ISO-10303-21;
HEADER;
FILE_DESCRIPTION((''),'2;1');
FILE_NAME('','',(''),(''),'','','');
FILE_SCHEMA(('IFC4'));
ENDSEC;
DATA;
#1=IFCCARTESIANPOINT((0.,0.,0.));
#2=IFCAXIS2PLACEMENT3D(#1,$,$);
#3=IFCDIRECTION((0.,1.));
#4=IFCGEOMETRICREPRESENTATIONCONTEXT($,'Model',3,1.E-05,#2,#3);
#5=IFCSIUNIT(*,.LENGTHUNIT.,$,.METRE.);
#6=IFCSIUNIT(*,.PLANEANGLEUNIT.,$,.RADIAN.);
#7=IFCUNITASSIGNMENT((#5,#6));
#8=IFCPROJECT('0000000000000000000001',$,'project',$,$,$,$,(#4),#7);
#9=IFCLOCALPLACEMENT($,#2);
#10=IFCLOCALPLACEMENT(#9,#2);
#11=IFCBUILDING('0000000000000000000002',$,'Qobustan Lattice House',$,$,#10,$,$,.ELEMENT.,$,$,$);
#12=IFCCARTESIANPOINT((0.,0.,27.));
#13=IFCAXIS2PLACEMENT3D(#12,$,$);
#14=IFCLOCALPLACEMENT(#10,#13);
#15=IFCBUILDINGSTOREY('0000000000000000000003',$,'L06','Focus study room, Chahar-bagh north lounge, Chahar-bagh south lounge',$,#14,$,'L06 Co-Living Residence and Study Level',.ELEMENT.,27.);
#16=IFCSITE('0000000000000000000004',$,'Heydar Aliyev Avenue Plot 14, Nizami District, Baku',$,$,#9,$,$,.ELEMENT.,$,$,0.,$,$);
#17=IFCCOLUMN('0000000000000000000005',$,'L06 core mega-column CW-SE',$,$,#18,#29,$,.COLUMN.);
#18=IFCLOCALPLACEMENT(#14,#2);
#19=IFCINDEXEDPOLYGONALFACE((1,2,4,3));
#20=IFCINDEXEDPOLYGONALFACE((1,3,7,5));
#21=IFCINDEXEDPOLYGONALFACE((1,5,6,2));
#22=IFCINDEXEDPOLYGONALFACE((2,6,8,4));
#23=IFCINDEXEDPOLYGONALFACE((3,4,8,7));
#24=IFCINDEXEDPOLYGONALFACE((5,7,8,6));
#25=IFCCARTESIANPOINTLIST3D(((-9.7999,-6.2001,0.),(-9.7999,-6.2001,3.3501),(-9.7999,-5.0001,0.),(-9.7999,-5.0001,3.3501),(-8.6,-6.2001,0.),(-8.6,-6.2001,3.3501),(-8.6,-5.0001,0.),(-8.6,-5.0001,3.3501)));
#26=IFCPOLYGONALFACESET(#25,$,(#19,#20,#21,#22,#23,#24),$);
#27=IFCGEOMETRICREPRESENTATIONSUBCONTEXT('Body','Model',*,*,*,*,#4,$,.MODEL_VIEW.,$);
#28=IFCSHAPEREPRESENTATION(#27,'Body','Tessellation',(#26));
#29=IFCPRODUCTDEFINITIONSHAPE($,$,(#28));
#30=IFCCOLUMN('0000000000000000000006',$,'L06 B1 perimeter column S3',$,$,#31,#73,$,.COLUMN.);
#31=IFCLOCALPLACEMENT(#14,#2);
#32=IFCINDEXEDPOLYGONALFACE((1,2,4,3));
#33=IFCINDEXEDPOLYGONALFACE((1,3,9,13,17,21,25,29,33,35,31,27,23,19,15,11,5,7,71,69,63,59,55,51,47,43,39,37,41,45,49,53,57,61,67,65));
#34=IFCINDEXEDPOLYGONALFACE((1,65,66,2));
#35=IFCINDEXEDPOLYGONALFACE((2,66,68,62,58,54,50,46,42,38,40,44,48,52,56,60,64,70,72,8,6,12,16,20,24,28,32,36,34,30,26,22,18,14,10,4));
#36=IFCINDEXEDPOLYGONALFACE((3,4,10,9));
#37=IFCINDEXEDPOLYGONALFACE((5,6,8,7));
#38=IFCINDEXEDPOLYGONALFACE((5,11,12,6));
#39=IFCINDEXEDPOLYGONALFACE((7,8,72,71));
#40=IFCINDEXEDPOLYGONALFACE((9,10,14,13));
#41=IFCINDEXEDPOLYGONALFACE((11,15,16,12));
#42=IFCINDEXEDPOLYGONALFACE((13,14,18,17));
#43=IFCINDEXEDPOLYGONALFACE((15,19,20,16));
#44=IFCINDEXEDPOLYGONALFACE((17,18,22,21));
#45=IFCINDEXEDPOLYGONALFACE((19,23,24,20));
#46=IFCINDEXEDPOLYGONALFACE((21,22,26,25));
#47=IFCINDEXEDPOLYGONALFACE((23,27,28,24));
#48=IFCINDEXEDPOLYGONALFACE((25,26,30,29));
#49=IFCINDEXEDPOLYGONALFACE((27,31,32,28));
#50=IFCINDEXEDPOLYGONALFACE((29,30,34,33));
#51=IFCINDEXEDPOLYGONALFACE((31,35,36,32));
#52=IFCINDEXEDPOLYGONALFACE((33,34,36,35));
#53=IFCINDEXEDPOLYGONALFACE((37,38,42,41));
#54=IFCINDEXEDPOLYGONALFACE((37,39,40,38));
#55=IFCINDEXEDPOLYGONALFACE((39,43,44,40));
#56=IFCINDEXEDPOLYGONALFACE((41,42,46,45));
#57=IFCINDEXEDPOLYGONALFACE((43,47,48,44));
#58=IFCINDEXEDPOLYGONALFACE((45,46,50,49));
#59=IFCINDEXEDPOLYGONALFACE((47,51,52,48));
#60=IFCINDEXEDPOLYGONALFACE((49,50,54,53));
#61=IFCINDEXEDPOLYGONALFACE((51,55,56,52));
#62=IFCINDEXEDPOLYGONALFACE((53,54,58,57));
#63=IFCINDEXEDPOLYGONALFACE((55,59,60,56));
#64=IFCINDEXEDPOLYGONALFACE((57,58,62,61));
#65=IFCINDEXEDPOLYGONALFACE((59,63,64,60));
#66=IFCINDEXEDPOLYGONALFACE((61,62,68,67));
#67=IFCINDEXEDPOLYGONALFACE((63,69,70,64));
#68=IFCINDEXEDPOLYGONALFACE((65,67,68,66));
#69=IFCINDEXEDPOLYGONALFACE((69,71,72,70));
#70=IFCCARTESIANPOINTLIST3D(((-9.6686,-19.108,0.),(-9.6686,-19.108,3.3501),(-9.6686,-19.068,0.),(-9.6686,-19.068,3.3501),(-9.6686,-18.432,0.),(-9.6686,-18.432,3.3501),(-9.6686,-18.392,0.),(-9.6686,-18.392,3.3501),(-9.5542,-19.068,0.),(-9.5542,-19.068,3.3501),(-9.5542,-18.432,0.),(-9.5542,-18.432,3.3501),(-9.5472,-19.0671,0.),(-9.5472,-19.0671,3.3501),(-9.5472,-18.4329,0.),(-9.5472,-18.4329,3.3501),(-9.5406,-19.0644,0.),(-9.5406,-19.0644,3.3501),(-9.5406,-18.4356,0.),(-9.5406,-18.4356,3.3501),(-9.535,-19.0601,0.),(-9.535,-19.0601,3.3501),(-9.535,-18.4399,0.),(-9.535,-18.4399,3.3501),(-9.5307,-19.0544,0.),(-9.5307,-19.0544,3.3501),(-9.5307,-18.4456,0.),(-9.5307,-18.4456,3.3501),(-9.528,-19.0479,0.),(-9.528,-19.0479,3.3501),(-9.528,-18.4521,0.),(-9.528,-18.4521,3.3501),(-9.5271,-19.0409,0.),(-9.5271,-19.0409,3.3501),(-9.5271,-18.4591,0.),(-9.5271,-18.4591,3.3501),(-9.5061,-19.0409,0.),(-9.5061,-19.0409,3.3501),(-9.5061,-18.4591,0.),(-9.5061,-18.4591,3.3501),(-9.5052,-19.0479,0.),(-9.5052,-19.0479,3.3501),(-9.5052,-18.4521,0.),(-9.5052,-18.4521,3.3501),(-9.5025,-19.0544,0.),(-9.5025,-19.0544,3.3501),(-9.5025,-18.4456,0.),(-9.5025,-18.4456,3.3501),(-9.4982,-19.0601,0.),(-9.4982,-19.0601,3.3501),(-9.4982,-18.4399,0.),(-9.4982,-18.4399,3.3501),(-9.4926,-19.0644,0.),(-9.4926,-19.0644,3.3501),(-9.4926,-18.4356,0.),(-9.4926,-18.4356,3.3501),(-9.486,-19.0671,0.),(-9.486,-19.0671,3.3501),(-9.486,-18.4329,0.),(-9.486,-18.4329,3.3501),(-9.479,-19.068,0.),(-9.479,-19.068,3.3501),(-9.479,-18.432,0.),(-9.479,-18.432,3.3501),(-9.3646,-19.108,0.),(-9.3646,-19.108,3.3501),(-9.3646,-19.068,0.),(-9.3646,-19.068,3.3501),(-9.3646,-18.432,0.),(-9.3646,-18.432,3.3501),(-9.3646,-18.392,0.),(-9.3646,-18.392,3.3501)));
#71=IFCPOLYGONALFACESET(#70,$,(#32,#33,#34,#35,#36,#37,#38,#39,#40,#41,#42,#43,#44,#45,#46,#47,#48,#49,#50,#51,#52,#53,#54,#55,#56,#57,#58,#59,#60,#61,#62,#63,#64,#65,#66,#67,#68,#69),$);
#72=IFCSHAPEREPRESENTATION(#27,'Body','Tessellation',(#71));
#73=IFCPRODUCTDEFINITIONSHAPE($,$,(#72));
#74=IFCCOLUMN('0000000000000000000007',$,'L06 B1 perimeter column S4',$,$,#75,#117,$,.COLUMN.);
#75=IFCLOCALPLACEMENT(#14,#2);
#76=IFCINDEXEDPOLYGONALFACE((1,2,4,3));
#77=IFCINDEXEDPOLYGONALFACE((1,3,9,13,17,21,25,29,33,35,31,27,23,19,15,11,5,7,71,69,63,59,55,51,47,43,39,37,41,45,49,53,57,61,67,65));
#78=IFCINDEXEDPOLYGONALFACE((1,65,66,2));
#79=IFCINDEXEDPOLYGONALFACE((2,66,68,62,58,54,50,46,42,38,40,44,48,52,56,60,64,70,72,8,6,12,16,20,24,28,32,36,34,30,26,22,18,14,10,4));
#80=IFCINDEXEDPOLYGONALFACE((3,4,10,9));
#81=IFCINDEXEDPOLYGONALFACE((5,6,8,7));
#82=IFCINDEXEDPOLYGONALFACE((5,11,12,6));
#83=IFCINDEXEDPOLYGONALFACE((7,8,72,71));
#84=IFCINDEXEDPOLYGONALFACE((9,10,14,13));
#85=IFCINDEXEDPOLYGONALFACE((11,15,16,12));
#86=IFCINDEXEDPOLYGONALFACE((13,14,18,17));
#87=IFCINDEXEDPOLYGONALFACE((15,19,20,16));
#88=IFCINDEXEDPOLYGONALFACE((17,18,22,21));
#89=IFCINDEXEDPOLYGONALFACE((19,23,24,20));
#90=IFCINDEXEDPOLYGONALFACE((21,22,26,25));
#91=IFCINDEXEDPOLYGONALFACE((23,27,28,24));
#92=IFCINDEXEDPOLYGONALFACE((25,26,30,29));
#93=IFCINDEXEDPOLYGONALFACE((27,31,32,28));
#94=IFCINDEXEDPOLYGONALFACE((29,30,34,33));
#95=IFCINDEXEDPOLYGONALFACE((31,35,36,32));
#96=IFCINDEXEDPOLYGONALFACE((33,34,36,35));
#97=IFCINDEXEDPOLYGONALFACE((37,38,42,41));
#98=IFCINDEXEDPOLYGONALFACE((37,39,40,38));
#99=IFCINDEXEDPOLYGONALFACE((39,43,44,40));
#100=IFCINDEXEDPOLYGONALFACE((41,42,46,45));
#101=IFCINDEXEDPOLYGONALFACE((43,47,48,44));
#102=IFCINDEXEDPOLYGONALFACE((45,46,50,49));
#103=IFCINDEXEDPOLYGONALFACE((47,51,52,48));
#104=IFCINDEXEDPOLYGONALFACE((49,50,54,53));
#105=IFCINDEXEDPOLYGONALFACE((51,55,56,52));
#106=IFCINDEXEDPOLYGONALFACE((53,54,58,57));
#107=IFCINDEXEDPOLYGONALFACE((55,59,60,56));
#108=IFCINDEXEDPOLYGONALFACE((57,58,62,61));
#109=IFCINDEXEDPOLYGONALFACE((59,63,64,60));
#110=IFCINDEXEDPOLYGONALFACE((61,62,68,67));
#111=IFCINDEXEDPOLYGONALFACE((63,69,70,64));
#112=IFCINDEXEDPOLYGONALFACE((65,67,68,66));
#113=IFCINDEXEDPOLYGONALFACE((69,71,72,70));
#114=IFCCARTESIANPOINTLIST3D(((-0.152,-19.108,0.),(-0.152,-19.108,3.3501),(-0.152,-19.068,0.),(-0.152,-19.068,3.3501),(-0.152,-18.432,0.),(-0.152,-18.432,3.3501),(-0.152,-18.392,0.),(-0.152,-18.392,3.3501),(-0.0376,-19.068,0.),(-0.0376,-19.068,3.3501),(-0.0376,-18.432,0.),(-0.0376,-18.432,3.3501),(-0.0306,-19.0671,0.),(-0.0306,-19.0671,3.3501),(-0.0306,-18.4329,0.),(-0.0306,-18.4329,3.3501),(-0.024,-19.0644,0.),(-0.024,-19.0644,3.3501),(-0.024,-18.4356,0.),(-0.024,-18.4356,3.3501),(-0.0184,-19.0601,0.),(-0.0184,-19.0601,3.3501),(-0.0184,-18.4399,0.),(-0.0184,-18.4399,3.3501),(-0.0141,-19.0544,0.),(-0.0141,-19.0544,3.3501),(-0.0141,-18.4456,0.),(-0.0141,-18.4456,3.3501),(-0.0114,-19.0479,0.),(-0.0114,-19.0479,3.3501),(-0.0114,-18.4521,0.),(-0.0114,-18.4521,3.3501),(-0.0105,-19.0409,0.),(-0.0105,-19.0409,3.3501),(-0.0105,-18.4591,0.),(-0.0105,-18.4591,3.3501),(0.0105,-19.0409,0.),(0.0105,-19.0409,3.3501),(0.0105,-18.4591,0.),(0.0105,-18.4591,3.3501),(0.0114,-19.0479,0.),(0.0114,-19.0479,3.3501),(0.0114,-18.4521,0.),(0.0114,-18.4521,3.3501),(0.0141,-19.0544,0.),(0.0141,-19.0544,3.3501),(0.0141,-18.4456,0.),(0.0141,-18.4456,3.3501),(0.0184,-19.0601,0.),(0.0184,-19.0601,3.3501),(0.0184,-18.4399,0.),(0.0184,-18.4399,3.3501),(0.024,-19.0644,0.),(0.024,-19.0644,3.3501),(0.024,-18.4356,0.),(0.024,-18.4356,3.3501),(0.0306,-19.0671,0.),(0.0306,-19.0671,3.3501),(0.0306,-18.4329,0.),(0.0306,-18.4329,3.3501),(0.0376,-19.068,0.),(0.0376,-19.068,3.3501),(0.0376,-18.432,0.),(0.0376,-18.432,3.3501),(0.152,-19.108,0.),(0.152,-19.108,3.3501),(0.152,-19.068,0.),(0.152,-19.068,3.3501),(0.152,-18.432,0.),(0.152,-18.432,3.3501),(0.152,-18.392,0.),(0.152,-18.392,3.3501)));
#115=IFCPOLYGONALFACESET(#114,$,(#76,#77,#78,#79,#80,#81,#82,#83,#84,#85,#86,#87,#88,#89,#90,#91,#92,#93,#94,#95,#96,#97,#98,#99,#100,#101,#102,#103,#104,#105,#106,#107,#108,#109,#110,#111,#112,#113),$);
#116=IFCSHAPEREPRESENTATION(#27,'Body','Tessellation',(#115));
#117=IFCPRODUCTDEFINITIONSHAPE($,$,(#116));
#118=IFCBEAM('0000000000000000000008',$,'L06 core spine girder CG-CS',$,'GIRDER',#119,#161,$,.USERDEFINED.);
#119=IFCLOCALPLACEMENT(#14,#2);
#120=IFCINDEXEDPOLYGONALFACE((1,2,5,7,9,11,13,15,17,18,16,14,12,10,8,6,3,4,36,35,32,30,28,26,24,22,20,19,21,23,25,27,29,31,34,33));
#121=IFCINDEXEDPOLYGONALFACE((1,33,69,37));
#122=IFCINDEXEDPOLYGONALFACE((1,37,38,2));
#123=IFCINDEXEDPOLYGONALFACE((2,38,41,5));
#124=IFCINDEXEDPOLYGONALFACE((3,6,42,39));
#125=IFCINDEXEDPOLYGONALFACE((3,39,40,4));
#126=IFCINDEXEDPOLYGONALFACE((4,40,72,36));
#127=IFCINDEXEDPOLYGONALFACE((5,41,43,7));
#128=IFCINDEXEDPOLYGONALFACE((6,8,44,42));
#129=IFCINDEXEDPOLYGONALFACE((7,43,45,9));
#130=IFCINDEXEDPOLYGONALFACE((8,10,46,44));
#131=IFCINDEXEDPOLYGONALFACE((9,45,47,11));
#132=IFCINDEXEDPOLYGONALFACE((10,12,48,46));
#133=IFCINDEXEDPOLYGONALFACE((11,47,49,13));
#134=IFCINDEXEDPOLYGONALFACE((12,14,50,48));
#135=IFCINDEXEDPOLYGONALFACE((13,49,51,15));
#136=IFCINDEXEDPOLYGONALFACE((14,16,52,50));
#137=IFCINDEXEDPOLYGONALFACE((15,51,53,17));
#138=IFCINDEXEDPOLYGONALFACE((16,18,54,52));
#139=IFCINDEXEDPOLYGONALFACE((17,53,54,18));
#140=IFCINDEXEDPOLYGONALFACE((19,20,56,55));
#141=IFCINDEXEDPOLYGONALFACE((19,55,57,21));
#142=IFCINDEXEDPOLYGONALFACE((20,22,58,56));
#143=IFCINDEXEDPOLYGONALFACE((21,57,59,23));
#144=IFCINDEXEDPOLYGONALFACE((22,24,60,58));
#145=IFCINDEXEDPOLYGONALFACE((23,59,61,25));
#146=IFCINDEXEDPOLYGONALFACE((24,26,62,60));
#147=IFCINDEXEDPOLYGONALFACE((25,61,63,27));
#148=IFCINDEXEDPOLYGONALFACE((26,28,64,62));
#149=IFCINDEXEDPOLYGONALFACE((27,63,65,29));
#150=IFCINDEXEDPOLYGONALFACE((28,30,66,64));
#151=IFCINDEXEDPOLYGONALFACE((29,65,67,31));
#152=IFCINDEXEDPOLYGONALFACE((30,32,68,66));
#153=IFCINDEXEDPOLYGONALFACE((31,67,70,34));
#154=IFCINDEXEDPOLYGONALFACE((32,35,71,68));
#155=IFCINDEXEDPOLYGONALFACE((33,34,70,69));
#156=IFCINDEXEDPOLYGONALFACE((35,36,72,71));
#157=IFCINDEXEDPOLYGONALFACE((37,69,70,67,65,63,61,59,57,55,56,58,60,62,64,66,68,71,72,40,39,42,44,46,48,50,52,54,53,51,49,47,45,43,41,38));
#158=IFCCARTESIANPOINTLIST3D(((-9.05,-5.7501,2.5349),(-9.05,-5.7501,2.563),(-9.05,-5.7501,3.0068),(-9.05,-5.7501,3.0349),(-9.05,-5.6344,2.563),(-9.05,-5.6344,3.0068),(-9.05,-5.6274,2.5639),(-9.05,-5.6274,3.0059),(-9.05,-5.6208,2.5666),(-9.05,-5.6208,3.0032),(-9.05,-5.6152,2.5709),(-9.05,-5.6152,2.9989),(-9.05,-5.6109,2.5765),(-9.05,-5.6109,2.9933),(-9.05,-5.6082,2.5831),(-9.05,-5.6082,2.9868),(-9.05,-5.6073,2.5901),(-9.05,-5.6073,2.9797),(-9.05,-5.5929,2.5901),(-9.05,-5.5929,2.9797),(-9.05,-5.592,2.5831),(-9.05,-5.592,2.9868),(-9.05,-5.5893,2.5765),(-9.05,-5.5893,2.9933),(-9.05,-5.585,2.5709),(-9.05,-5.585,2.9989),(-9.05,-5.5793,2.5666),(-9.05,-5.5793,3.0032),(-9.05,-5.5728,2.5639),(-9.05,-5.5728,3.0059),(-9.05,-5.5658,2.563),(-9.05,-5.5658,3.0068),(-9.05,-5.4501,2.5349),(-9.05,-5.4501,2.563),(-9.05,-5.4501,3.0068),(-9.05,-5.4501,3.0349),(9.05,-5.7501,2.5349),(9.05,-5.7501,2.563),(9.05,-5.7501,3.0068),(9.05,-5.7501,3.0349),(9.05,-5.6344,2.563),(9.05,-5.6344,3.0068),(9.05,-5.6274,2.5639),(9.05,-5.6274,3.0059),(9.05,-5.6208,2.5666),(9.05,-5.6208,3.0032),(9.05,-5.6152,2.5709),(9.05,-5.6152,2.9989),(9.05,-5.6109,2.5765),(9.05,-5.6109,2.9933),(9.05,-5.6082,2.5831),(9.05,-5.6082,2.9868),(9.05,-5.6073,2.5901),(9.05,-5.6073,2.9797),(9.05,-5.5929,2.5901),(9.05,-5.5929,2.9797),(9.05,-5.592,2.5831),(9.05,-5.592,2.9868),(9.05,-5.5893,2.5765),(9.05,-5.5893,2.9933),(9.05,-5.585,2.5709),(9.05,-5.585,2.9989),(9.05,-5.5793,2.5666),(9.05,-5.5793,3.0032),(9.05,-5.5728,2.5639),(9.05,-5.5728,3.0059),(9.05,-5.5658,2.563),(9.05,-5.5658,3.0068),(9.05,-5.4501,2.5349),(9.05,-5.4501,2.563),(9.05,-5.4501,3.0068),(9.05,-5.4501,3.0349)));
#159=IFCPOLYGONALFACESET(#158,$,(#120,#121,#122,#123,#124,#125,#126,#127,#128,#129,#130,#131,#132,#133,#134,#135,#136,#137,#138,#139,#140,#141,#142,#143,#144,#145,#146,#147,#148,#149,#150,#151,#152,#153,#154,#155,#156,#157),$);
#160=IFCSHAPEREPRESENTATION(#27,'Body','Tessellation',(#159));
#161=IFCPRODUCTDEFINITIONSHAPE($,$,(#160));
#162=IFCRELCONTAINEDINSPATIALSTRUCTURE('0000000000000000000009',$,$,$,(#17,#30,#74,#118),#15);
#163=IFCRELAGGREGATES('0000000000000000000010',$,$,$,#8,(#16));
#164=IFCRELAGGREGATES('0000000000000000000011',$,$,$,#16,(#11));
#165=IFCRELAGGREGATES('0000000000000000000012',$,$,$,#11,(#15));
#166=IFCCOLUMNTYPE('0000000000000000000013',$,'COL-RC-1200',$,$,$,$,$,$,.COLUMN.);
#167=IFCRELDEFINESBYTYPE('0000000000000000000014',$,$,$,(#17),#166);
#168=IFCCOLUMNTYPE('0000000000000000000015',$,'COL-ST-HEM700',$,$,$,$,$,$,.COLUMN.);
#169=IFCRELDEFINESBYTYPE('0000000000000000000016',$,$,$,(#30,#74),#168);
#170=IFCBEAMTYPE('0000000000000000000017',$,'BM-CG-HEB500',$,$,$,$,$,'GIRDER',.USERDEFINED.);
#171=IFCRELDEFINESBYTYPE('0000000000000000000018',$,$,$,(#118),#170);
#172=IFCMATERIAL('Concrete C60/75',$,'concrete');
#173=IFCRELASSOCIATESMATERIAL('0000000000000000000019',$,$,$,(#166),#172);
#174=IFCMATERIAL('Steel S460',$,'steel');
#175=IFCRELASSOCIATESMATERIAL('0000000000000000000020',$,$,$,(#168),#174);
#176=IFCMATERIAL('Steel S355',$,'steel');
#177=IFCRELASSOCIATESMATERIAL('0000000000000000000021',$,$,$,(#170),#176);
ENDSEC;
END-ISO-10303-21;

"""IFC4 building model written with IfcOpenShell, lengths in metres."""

from ifc_helpers import new_model, si_unit, direction, frame, origin, origin_2d, place, context, subcontext, project, spatial, rectangle, i_section, extrude, material, material_profile, profile_set, type_object, element, save


model = new_model("IFC4")

# Units and contexts
model_context = context("Model", 3, precision=1e-05, world=origin(), true_north=direction((0.0, 1.0)))
body_context = subcontext(model_context, "Body", "Model", "MODEL_VIEW")
ifc_project = project(units=[si_unit("LENGTHUNIT", "METRE"), si_unit("PLANEANGLEUNIT", "RADIAN")], contexts=[model_context])

# Site, building, storey
site_placement = place(None, origin())
site = spatial("IfcSite", under=ifc_project, at=site_placement, Name="Heydar Aliyev Avenue Plot 14, Nizami District, Baku", CompositionType="ELEMENT", RefElevation=0.0)
building_placement = place(site_placement, origin())
building = spatial("IfcBuilding", under=site, at=building_placement, Name="Qobustan Lattice House", CompositionType="ELEMENT")
storey_placement = place(building_placement, frame((0.0, 0.0, 27.0)))
storey = spatial("IfcBuildingStorey", under=building, at=storey_placement, Name="L06", Description="Focus study room, Chahar-bagh north lounge, Chahar-bagh south lounge", LongName="L06 Co-Living Residence and Study Level", CompositionType="ELEMENT", Elevation=27.0)

# Columns
ifc_material_1 = material(Name="Concrete C60/75", Category="concrete")
ifc_material_profile_1 = material_profile(ifc_material_1, rectangle(XDim=1.2, YDim=1.2, at=origin_2d()), Name="RC1200x1200")
ifc_profile_set_1 = profile_set([ifc_material_profile_1], Name="Concrete C60/75")
column_type_1 = type_object("IfcColumnType", Name="COL-RC-1200", PredefinedType="COLUMN", material=ifc_profile_set_1)
column_placement = place(storey_placement, frame((-9.2, -5.6001, 0.0), z_axis=(0.0, 0.0, 1.0), x_axis=(1.0, 0.0, 0.0)))
element("IfcColumn", 1, at=column_placement, inside=storey, type_object=column_type_1, Name="L06 core mega-column CW-SE", PredefinedType="COLUMN", context=body_context, shape_type="SweptSolid", body=[
    extrude(rectangle(XDim=1.2, YDim=1.2, at=origin_2d()), origin(), (0.0, 0.0, 1.0), 3.3501),
])
ifc_material_2 = material(Name="Steel S460", Category="steel")
ifc_material_profile_2 = material_profile(ifc_material_2, i_section(OverallWidth=0.304, OverallDepth=0.7161, WebThickness=0.021, FlangeThickness=0.04, FilletRadius=0.0271, at=origin_2d()), Name="HEM700")
ifc_profile_set_2 = profile_set([ifc_material_profile_2], Name="Steel S460")
column_type_2 = type_object("IfcColumnType", Name="COL-ST-HEM700", PredefinedType="COLUMN", material=ifc_profile_set_2)
for number, where, z_axis, x_axis, name in (
    (2, (-9.5166, -18.75, 0.0), (0.0, 0.0, 1.0), (1.0, 0.0, 0.0), "L06 B1 perimeter column S3"),
    (3, (0.0, -18.75, 0.0), (0.0, 0.0, 1.0), (1.0, 0.0, 0.0), "L06 B1 perimeter column S4"),
):
    element("IfcColumn", number, at=place(storey_placement, frame(where, z_axis=z_axis, x_axis=x_axis)), inside=storey, type_object=column_type_2, Name=name, PredefinedType="COLUMN", context=body_context, shape_type="SweptSolid", body=[
        extrude(i_section(OverallWidth=0.304, OverallDepth=0.7161, WebThickness=0.021, FlangeThickness=0.04, FilletRadius=0.0271, at=origin_2d()), origin(), (0.0, 0.0, 1.0), 3.3501),
    ])

# Beam
ifc_material_3 = material(Name="Steel S355", Category="steel")
ifc_material_profile_3 = material_profile(ifc_material_3, i_section(OverallWidth=0.3, OverallDepth=0.5, WebThickness=0.0144, FlangeThickness=0.0281, FilletRadius=0.0271, at=origin_2d()), Name="HEB500")
ifc_profile_set_3 = profile_set([ifc_material_profile_3], Name="Steel S355")
beam_type_1 = type_object("IfcBeamType", Name="BM-CG-HEB500", ElementType="GIRDER", PredefinedType="USERDEFINED", material=ifc_profile_set_3)
beam_1_placement = place(storey_placement, frame((-9.05, -5.6001, 2.7849), z_axis=(1.0, 0.0, 0.0), x_axis=(0.0, 1.0, 0.0)))
element("IfcBeam", 4, at=beam_1_placement, inside=storey, type_object=beam_type_1, Name="L06 core spine girder CG-CS", ObjectType="GIRDER", PredefinedType="USERDEFINED", context=body_context, shape_type="SweptSolid", body=[
    extrude(i_section(OverallWidth=0.3, OverallDepth=0.5, WebThickness=0.0144, FlangeThickness=0.0281, FilletRadius=0.0271, at=origin_2d()), origin(), (0.0, 0.0, 1.0), 18.1001),
])

save(model, "model.ifc")
